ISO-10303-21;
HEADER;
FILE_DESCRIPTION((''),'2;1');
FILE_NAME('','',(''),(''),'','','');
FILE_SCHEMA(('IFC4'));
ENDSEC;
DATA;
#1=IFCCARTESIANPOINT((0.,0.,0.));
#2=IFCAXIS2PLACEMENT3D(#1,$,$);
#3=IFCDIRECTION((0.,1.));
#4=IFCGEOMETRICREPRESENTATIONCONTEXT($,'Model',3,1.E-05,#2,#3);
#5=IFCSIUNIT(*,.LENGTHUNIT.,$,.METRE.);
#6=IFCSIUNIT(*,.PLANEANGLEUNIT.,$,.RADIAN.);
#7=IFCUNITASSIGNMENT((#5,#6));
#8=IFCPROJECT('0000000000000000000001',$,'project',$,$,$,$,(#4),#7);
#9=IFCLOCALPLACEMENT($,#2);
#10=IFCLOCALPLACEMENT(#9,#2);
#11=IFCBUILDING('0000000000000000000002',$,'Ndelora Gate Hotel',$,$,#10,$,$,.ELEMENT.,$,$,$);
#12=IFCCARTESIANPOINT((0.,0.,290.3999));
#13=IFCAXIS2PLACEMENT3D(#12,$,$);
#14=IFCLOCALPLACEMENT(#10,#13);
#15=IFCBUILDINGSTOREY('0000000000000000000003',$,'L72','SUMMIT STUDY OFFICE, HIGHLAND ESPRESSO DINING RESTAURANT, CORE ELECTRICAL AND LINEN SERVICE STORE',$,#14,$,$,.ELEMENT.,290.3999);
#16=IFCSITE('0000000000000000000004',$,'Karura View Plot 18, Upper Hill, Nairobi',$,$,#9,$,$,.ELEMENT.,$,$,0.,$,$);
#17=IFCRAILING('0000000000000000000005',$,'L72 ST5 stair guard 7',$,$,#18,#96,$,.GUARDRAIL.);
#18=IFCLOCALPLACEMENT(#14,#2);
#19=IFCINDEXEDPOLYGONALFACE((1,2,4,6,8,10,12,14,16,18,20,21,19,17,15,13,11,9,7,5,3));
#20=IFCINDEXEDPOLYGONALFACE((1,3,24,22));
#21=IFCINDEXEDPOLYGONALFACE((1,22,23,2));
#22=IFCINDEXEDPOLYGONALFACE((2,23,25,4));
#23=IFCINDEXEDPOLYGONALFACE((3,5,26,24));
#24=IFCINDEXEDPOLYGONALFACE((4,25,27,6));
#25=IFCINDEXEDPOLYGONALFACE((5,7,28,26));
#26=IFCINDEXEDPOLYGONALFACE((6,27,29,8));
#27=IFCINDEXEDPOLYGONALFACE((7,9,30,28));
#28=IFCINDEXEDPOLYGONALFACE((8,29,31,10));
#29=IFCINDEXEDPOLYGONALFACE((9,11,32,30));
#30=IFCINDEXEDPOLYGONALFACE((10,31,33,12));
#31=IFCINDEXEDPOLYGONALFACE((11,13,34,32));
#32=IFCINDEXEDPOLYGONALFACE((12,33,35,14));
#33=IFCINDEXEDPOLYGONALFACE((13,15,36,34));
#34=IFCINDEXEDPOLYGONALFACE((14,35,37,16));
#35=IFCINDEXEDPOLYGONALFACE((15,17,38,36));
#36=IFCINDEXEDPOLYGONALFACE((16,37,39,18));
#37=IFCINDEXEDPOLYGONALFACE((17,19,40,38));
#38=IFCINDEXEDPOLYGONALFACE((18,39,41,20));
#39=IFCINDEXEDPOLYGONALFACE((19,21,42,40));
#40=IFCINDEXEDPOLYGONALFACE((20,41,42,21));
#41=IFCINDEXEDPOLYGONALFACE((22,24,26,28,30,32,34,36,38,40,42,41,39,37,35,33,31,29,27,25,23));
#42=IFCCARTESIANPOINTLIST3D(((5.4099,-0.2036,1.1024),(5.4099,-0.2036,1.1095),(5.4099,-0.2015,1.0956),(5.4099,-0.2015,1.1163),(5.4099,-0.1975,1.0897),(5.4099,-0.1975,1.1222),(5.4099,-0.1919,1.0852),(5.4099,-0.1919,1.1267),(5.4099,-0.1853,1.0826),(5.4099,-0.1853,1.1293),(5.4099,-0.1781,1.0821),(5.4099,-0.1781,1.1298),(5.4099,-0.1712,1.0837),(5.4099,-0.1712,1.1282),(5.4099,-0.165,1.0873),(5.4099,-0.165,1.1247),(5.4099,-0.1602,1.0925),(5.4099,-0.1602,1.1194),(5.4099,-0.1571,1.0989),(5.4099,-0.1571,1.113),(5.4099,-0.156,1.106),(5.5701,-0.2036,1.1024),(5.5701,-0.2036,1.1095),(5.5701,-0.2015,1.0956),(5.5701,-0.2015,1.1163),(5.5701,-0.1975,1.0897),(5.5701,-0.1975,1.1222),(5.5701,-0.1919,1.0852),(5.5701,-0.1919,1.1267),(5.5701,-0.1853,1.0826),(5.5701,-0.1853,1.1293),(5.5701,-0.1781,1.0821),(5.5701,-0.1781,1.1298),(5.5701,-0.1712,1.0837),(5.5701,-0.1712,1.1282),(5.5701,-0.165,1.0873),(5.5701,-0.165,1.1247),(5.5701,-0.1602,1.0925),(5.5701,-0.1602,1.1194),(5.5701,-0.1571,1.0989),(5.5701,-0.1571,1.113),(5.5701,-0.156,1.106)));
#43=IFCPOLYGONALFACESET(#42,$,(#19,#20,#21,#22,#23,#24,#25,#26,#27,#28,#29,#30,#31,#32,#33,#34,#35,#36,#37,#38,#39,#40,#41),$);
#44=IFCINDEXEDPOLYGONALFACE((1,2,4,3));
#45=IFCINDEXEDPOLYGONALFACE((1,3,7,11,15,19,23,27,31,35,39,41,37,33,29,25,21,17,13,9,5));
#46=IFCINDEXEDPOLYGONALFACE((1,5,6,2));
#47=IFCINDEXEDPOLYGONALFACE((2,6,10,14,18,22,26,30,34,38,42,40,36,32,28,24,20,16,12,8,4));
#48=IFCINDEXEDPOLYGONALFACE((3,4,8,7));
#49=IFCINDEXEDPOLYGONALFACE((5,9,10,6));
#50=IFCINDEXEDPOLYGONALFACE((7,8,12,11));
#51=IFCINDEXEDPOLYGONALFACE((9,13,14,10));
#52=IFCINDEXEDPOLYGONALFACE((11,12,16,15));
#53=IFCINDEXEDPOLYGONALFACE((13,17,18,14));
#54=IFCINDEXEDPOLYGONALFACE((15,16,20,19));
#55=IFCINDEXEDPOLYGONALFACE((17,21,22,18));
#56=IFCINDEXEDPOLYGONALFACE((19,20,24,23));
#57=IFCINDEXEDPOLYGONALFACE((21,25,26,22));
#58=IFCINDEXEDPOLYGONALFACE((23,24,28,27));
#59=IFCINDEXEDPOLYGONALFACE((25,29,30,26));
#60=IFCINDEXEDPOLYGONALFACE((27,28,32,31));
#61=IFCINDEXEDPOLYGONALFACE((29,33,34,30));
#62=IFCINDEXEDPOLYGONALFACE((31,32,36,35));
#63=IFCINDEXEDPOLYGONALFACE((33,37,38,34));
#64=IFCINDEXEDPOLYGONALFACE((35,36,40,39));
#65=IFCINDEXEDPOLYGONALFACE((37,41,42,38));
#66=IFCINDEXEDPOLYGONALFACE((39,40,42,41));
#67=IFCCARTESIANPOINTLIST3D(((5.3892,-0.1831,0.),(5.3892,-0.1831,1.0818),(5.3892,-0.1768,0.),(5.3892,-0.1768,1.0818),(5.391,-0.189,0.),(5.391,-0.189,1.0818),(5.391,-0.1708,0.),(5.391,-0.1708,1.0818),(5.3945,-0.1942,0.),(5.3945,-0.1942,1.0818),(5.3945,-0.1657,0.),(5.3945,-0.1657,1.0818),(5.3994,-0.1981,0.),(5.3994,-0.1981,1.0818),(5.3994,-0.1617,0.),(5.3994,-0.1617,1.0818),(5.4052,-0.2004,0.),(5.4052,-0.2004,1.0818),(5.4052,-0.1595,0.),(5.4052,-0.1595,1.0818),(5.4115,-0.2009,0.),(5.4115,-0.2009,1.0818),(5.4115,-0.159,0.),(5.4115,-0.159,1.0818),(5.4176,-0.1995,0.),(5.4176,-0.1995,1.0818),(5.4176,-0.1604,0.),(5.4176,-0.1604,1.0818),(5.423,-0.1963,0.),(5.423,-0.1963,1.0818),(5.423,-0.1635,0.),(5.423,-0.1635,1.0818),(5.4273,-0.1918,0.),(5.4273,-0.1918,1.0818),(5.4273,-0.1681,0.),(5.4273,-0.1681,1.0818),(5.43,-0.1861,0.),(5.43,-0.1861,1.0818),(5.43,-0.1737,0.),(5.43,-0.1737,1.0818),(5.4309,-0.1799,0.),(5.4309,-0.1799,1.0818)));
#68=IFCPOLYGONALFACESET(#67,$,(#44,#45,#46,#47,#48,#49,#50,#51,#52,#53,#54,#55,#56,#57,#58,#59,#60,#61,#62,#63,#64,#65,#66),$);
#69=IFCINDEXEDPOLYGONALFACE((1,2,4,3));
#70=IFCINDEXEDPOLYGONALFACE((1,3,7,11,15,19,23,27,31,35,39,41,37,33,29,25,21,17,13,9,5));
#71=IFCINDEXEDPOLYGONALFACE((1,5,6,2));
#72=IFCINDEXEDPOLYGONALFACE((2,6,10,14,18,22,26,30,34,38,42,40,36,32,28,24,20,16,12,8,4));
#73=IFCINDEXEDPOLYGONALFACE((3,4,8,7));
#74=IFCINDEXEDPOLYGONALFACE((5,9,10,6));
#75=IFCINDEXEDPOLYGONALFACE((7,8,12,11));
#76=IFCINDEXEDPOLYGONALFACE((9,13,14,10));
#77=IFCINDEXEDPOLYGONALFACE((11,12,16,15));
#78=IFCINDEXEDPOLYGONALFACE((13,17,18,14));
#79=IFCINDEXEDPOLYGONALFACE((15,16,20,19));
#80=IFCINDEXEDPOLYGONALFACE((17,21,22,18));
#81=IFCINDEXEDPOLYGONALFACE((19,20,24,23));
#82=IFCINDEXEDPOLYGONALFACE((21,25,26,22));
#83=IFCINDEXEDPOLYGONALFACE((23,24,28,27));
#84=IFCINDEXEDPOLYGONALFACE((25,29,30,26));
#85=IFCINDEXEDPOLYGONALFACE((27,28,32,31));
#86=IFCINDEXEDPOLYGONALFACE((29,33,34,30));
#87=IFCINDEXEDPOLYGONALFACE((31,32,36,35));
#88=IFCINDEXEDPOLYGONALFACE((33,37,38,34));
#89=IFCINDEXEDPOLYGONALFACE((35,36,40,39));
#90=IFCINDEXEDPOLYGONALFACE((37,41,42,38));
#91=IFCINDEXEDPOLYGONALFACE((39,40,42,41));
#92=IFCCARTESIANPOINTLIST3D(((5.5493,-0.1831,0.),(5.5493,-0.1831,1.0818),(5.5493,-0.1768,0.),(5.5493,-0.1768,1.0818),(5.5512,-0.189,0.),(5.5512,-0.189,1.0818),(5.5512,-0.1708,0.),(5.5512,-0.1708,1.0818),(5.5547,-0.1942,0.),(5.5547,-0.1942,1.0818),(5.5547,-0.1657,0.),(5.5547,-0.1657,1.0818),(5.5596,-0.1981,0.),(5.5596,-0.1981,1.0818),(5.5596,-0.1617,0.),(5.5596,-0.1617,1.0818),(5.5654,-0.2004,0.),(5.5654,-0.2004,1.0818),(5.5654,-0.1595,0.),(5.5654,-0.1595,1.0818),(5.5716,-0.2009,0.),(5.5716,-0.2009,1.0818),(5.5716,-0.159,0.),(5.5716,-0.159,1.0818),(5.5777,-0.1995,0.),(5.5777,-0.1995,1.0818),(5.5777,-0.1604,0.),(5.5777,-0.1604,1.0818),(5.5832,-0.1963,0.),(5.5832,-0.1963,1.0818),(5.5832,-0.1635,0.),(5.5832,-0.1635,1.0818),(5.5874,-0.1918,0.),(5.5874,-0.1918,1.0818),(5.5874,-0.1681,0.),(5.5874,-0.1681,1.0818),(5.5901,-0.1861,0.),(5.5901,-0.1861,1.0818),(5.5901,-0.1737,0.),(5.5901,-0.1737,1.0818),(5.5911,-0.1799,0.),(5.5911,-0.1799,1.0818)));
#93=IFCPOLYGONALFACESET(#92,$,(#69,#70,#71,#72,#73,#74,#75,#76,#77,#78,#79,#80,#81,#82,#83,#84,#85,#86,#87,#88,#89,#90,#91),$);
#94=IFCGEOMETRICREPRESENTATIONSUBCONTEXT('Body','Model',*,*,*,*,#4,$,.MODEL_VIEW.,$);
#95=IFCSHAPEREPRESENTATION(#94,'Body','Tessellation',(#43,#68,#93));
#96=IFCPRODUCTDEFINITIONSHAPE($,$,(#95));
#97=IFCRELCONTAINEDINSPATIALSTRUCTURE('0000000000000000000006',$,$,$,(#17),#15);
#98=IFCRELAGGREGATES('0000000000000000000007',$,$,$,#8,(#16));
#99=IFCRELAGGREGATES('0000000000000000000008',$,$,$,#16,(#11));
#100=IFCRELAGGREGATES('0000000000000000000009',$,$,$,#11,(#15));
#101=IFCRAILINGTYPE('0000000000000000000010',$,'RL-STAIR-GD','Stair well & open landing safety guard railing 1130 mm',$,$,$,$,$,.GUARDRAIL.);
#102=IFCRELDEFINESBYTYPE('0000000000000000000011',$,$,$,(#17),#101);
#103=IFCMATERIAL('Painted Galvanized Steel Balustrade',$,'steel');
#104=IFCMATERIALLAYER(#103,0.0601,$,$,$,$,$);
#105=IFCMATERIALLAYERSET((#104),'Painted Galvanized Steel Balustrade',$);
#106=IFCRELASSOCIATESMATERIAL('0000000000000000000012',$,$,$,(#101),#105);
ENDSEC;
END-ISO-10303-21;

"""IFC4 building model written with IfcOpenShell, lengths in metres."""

from ifc_helpers import new_model, si_unit, direction, frame, origin, origin_2d, place, context, subcontext, project, spatial, circle, extrude, material, layer, layer_set, type_object, element, save


model = new_model("IFC4")

# Units and contexts
model_context = context("Model", 3, precision=1e-05, world=origin(), true_north=direction((0.0, 1.0)))
body_context = subcontext(model_context, "Body", "Model", "MODEL_VIEW")
ifc_project = project(units=[si_unit("LENGTHUNIT", "METRE"), si_unit("PLANEANGLEUNIT", "RADIAN")], contexts=[model_context])

# Site, building, storey
site_placement = place(None, origin())
site = spatial("IfcSite", under=ifc_project, at=site_placement, Name="Karura View Plot 18, Upper Hill, Nairobi", CompositionType="ELEMENT", RefElevation=0.0)
building_placement = place(site_placement, origin())
building = spatial("IfcBuilding", under=site, at=building_placement, Name="Ndelora Gate Hotel", CompositionType="ELEMENT")
storey_placement = place(building_placement, frame((0.0, 0.0, 290.3999)))
storey = spatial("IfcBuildingStorey", under=building, at=storey_placement, Name="L72", Description="SUMMIT STUDY OFFICE, HIGHLAND ESPRESSO DINING RESTAURANT, CORE ELECTRICAL AND LINEN SERVICE STORE", CompositionType="ELEMENT", Elevation=290.3999)

# Railing
ifc_material_1 = material(Name="Painted Galvanized Steel Balustrade", Category="steel")
ifc_layer_1 = layer(ifc_material_1, 0.0601)
ifc_layer_set_1 = layer_set([ifc_layer_1], Name="Painted Galvanized Steel Balustrade")
railing_type_1 = type_object("IfcRailingType", Name="RL-STAIR-GD", Description="Stair well & open landing safety guard railing 1130 mm", PredefinedType="GUARDRAIL", material=ifc_layer_set_1)
railing_1_placement = place(storey_placement, frame((5.4099, -0.1799, 0.0)))
element("IfcRailing", 1, at=railing_1_placement, inside=storey, type_object=railing_type_1, Name="L72 ST5 stair guard 7", PredefinedType="GUARDRAIL", context=body_context, shape_type="SweptSolid", body=[
    extrude(circle(Radius=0.0239, at=origin_2d()), frame((0.0, 0.0, 1.106), z_axis=(1.0, 0.0, 0.0), x_axis=(0.0, 1.0, 0.0)), (0.0, 0.0, 1.0), 0.1602),
    extrude(circle(Radius=0.021, at=origin_2d()), origin(), (0.0, 0.0, 1.0), 1.0818),
    extrude(circle(Radius=0.021, at=origin_2d()), frame((0.1602, 0.0, 0.0)), (0.0, 0.0, 1.0), 1.0818),
])

save(model, "model.ifc")
